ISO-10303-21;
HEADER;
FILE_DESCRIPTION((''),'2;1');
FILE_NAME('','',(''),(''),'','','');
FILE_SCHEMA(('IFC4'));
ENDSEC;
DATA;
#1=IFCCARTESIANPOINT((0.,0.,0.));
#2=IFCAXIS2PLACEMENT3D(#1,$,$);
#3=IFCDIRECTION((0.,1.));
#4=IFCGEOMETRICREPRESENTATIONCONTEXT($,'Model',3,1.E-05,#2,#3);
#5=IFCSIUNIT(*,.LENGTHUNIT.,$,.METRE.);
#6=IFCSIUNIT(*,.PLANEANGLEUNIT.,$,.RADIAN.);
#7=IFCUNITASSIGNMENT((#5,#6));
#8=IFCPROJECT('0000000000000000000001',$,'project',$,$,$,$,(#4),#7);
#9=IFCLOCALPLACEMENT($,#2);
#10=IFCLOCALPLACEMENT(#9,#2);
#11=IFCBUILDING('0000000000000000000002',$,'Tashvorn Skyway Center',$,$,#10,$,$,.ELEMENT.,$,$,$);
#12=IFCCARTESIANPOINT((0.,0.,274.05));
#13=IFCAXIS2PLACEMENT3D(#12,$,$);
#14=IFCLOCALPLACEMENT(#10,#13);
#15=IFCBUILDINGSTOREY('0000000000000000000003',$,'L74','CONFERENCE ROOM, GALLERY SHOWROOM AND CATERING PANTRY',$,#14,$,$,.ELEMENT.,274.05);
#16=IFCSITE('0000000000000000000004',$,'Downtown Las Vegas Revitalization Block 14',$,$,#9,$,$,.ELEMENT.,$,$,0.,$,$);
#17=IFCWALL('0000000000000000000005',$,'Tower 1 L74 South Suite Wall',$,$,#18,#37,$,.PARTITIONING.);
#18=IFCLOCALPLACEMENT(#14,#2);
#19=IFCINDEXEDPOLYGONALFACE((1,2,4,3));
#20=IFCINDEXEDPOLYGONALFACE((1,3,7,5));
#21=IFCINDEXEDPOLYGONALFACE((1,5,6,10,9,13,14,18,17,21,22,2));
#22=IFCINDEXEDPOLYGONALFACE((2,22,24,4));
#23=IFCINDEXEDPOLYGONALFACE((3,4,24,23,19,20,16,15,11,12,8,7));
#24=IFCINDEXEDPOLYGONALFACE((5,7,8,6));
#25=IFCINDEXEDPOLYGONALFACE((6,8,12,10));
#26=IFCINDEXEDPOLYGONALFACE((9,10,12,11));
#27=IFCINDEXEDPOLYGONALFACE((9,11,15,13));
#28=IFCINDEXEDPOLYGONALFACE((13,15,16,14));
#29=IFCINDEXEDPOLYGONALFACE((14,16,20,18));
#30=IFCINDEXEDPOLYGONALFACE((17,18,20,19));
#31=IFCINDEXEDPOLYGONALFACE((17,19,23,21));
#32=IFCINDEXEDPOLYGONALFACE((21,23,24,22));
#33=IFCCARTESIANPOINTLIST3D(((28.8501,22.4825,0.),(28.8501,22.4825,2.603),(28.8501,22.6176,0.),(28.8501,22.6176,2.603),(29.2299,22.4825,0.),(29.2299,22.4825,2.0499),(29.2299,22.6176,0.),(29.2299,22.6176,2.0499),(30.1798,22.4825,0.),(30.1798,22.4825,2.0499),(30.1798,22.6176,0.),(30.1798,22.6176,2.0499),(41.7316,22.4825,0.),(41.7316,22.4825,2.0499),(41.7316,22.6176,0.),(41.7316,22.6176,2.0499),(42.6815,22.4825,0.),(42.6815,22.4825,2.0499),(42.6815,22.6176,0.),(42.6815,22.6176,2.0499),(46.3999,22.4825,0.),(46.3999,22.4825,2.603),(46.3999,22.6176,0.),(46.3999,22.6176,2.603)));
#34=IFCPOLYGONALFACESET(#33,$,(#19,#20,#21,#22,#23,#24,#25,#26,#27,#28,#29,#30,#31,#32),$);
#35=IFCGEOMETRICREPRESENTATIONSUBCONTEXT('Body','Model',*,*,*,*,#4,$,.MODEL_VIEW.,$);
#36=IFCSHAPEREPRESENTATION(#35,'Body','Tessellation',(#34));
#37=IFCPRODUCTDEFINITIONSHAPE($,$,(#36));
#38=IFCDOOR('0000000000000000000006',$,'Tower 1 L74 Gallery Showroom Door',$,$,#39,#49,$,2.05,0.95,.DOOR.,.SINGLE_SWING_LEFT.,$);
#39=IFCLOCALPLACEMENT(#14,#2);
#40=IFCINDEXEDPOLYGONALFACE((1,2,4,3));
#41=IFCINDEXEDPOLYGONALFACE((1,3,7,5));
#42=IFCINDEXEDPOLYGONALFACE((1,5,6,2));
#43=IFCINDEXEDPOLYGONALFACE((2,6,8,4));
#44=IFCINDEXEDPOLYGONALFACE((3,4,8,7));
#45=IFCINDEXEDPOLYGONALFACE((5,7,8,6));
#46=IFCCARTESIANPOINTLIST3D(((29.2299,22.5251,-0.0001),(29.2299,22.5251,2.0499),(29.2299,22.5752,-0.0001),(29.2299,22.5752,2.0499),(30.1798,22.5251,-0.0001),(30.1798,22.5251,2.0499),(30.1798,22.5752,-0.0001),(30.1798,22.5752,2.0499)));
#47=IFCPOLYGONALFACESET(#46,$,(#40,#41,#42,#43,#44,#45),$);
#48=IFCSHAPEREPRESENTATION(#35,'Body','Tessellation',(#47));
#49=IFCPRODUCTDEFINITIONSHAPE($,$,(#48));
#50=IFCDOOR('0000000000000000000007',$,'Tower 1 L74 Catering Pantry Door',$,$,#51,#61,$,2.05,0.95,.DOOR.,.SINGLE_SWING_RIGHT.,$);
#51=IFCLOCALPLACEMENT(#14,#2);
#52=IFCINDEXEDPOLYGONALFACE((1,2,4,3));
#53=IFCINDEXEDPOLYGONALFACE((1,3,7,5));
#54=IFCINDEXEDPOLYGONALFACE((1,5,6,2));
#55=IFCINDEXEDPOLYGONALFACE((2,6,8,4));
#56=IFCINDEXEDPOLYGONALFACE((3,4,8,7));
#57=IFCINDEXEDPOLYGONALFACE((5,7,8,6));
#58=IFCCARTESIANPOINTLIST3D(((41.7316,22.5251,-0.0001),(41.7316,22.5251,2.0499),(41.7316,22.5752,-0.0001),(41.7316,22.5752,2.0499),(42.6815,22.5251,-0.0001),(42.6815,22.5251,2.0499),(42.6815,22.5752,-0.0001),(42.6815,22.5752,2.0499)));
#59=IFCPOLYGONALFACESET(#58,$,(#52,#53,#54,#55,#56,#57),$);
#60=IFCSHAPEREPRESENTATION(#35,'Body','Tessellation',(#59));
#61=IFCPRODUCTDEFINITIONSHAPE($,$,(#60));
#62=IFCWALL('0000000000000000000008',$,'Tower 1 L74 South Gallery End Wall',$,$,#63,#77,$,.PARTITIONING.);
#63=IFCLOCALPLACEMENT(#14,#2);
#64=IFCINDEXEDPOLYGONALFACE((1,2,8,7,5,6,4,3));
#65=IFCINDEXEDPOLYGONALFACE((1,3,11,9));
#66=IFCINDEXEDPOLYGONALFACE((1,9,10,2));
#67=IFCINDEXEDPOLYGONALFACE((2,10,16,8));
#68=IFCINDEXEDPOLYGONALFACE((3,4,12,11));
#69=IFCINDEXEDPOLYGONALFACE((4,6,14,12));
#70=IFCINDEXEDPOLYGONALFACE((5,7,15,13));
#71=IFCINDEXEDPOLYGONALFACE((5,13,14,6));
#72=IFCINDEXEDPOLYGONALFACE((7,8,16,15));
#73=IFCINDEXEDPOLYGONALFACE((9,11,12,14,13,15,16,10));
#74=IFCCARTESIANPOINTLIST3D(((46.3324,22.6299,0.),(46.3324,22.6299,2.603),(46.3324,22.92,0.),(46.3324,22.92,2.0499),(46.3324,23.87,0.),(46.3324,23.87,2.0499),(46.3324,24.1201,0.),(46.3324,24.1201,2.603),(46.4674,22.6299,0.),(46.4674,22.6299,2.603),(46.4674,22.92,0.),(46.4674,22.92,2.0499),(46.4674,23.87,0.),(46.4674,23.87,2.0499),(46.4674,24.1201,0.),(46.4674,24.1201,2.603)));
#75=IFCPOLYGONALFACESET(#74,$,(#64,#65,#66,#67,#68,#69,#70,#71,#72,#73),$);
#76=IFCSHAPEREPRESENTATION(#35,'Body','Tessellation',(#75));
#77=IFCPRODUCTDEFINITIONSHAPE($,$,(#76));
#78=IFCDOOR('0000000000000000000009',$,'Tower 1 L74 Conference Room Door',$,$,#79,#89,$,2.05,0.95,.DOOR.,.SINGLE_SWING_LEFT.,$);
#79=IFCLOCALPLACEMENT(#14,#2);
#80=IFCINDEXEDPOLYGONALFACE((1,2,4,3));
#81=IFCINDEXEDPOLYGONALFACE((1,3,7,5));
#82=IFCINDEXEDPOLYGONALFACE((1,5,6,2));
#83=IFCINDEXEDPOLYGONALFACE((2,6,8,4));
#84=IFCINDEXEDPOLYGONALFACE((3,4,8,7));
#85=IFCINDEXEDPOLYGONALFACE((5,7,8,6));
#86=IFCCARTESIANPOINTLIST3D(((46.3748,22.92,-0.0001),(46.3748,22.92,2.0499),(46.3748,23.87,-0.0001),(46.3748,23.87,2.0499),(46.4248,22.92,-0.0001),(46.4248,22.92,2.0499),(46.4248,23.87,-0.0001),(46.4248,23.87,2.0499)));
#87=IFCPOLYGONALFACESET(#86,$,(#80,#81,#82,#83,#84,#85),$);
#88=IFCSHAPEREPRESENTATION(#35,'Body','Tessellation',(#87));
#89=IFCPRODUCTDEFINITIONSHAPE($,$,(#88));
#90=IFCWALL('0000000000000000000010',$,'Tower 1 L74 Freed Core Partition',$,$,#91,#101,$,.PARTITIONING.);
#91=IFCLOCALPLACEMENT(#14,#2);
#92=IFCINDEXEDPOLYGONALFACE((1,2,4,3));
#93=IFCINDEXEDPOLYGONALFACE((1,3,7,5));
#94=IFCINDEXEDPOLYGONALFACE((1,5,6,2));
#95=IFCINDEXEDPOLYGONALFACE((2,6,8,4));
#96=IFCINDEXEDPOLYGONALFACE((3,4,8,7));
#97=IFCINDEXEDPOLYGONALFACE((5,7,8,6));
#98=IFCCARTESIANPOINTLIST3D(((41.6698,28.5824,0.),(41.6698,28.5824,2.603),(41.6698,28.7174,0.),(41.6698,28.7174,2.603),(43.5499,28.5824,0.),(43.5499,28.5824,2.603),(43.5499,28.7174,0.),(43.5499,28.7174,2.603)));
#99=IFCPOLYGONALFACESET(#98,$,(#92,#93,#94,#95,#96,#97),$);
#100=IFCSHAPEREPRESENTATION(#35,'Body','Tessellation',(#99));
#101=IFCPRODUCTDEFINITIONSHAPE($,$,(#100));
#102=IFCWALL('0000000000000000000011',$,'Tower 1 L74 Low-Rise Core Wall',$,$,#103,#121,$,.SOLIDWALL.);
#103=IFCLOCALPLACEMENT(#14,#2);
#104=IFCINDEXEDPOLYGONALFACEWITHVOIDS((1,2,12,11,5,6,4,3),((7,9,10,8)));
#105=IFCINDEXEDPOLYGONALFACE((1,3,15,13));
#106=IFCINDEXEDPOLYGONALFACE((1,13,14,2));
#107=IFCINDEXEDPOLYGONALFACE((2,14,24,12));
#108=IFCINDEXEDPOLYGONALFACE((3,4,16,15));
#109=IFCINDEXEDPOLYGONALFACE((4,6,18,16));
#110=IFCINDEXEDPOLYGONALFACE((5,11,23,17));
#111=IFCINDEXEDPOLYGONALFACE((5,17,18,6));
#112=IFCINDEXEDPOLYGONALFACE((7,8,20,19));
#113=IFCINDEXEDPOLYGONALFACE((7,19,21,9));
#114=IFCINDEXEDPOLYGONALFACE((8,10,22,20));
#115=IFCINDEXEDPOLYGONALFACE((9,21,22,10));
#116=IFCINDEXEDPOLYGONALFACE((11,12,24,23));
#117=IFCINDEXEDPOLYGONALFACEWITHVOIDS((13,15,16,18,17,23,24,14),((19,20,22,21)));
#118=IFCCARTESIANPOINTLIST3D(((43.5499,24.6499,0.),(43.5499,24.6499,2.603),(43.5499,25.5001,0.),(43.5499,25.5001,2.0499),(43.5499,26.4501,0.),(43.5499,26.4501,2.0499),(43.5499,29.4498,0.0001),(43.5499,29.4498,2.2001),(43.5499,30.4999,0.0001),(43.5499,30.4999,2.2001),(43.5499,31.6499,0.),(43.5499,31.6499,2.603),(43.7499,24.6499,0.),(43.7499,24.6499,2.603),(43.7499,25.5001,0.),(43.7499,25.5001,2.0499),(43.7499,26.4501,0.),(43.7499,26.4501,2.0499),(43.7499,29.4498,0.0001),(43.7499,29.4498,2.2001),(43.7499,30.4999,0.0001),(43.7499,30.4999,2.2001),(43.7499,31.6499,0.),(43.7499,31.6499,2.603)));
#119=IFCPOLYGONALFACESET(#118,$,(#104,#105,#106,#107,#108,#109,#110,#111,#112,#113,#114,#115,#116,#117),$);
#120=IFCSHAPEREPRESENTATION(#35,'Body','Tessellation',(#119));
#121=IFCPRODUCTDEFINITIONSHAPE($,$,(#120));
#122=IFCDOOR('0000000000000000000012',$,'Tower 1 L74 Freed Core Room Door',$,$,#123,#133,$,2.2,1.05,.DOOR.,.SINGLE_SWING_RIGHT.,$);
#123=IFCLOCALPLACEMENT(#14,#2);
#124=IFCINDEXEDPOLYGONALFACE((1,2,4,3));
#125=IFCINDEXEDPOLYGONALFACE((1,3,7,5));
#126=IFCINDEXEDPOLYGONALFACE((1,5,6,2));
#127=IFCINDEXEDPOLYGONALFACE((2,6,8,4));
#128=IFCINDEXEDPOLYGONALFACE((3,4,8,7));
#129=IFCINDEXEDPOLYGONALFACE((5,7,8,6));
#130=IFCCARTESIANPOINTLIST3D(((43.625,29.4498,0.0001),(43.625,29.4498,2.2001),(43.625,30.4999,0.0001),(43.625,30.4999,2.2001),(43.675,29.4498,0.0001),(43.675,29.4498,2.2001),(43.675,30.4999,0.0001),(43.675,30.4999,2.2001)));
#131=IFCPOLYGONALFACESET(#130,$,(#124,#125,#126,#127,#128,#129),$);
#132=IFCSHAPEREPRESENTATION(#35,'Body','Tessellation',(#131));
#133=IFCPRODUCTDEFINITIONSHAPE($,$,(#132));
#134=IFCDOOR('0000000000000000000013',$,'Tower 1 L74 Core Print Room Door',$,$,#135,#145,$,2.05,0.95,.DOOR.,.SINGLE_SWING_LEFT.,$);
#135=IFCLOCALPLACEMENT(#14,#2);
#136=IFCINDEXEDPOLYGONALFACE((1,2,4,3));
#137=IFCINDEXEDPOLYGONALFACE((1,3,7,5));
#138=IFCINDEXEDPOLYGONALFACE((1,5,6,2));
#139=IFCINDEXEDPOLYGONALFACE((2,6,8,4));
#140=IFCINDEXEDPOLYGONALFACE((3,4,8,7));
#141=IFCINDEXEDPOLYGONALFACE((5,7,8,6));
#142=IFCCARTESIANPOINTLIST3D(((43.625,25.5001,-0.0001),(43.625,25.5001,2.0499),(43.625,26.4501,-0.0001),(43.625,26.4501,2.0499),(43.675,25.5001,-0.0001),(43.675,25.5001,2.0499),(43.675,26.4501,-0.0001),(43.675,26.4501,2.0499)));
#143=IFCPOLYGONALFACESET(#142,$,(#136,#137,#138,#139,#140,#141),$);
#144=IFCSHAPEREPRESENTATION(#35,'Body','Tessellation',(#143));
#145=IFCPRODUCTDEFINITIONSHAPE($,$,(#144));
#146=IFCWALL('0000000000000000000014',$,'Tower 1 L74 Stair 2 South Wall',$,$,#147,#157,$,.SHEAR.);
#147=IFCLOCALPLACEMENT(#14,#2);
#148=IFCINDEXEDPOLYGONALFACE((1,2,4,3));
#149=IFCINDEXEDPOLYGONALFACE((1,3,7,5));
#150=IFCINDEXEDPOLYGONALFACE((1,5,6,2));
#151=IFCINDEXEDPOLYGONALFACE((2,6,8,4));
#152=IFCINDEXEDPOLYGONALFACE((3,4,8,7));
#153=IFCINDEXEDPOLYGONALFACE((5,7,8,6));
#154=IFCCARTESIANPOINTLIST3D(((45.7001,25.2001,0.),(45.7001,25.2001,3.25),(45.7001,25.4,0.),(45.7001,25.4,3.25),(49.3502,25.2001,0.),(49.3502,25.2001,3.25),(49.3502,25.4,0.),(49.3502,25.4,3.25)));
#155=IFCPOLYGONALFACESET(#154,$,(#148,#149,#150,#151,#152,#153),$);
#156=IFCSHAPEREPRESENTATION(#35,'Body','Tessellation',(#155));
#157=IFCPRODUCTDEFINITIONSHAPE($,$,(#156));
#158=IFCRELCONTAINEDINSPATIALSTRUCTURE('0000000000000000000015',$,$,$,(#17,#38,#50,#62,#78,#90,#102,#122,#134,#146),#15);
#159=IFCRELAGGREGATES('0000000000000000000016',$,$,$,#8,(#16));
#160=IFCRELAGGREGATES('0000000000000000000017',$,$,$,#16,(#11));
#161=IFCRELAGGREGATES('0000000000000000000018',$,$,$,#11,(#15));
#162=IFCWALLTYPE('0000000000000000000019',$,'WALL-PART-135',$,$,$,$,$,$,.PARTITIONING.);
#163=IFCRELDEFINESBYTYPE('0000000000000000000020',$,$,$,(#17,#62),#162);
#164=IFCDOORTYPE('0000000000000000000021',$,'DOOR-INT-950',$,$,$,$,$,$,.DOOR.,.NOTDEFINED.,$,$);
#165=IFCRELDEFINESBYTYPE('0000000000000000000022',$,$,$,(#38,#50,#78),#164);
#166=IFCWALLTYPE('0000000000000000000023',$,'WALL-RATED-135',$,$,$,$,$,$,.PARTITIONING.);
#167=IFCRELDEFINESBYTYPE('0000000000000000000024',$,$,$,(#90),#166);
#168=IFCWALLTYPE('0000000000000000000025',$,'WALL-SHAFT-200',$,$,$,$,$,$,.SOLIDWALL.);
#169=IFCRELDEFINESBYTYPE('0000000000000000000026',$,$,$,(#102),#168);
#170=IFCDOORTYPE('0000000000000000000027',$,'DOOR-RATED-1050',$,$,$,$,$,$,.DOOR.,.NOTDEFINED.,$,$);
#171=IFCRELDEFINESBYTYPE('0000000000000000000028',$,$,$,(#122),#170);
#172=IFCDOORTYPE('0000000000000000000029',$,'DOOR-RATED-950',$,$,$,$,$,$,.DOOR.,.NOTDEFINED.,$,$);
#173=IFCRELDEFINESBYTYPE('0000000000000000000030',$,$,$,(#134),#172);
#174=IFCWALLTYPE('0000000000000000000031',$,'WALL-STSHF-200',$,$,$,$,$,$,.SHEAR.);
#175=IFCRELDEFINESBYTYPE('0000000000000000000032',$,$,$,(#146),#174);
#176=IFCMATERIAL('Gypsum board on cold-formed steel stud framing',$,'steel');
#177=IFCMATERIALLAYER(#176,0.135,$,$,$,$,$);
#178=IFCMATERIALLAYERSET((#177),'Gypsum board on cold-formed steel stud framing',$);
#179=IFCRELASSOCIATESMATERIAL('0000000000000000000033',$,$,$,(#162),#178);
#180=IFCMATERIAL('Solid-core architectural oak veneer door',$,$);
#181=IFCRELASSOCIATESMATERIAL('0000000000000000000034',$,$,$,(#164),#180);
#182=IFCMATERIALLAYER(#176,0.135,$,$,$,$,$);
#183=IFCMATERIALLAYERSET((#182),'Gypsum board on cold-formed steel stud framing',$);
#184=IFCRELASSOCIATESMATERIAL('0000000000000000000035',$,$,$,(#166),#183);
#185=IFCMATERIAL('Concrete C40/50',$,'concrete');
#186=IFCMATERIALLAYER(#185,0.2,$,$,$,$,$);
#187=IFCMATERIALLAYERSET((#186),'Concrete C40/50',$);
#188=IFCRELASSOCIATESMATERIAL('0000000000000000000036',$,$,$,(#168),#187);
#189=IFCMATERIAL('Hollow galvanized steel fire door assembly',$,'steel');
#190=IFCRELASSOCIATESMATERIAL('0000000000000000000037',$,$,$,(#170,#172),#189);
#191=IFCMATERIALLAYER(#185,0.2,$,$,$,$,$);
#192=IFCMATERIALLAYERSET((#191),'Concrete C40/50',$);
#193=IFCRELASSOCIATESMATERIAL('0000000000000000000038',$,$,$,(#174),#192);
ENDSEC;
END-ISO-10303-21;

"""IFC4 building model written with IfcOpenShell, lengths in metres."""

from ifc_helpers import new_model, si_unit, direction, frame, frame_2d, origin, place, context, subcontext, project, spatial, rectangle, extrude, material, layer, layer_set, type_object, element, fill, save


model = new_model("IFC4")

# Units and contexts
model_context = context("Model", 3, precision=1e-05, world=origin(), true_north=direction((0.0, 1.0)))
body_context = subcontext(model_context, "Body", "Model", "MODEL_VIEW")
ifc_project = project(units=[si_unit("LENGTHUNIT", "METRE"), si_unit("PLANEANGLEUNIT", "RADIAN")], contexts=[model_context])

# Site, building, storey
site_placement = place(None, origin())
site = spatial("IfcSite", under=ifc_project, at=site_placement, Name="Downtown Las Vegas Revitalization Block 14", CompositionType="ELEMENT", RefElevation=0.0)
building_placement = place(site_placement, origin())
building = spatial("IfcBuilding", under=site, at=building_placement, Name="Tashvorn Skyway Center", CompositionType="ELEMENT")
storey_placement = place(building_placement, frame((0.0, 0.0, 274.05)))
storey = spatial("IfcBuildingStorey", under=building, at=storey_placement, Name="L74", Description="CONFERENCE ROOM, GALLERY SHOWROOM AND CATERING PANTRY", CompositionType="ELEMENT", Elevation=274.05)

# Shared definitions
ifc_material_1 = material(Name="Gypsum board on cold-formed steel stud framing", Category="steel")

# Wall, openings, doors
ifc_layer_1 = layer(ifc_material_1, 0.135)
ifc_layer_set_1 = layer_set([ifc_layer_1], Name="Gypsum board on cold-formed steel stud framing")
wall_type_1 = type_object("IfcWallType", Name="WALL-PART-135", PredefinedType="PARTITIONING", material=ifc_layer_set_1)
wall_1_placement = place(storey_placement, frame((46.3999, 22.55, 0.0), z_axis=(0.0, 0.0, 1.0), x_axis=(-1.0, 0.0, 0.0)))
wall_1 = element("IfcWall", 1, at=wall_1_placement, inside=storey, type_object=wall_type_1, Name="Tower 1 L74 South Suite Wall", PredefinedType="PARTITIONING", context=body_context, shape_type="SweptSolid", body=[
    extrude(rectangle(XDim=17.5498, YDim=0.135, at=frame_2d((8.7749, 0.0))), origin(), (0.0, 0.0, 1.0), 2.603),
])
opening_1_placement = place(wall_1_placement, frame((16.22, 0.0, 0.0)))
opening_1 = element("IfcOpeningElement", 2, at=opening_1_placement, cuts=wall_1, PredefinedType="OPENING", context=body_context, shape_type="SweptSolid", body=[
    extrude(rectangle(XDim=0.95, YDim=2.05, at=frame_2d((0.4751, 1.0249))), frame((0.0, 0.0774, 0.0), z_axis=(0.0, -1.0, 0.0), x_axis=(1.0, 0.0, 0.0)), (0.0, 0.0, 1.0), 0.155),
])
opening_2_placement = place(wall_1_placement, frame((3.7183, 0.0, 0.0)))
opening_2 = element("IfcOpeningElement", 3, at=opening_2_placement, cuts=wall_1, PredefinedType="OPENING", context=body_context, shape_type="SweptSolid", body=[
    extrude(rectangle(XDim=0.95, YDim=2.05, at=frame_2d((0.4751, 1.0249))), frame((0.0, 0.0774, 0.0), z_axis=(0.0, -1.0, 0.0), x_axis=(1.0, 0.0, 0.0)), (0.0, 0.0, 1.0), 0.155),
])
ifc_material_2 = material(Name="Solid-core architectural oak veneer door")
door_type_1 = type_object("IfcDoorType", Name="DOOR-INT-950", OperationType="NOTDEFINED", PredefinedType="DOOR", material=ifc_material_2)
door_1_placement = place(opening_1_placement, origin())
door_1 = element("IfcDoor", 4, at=door_1_placement, inside=storey, type_object=door_type_1, Name="Tower 1 L74 Gallery Showroom Door", OperationType="SINGLE_SWING_LEFT", OverallHeight=2.05, OverallWidth=0.95, PredefinedType="DOOR", context=body_context, shape_type="SweptSolid", body=[
    extrude(rectangle(XDim=0.95, YDim=2.05, at=frame_2d((0.4751, 1.0249))), frame((0.0, 0.0249, 0.0), z_axis=(0.0, -1.0, 0.0), x_axis=(1.0, 0.0, 0.0)), (0.0, 0.0, 1.0), 0.05),
])
fill(opening_1, door_1)
door_2_placement = place(opening_2_placement, origin())
door_2 = element("IfcDoor", 5, at=door_2_placement, inside=storey, type_object=door_type_1, Name="Tower 1 L74 Catering Pantry Door", OperationType="SINGLE_SWING_RIGHT", OverallHeight=2.05, OverallWidth=0.95, PredefinedType="DOOR", context=body_context, shape_type="SweptSolid", body=[
    extrude(rectangle(XDim=0.95, YDim=2.05, at=frame_2d((0.4751, 1.0249))), frame((0.0, 0.0249, 0.0), z_axis=(0.0, -1.0, 0.0), x_axis=(1.0, 0.0, 0.0)), (0.0, 0.0, 1.0), 0.05),
])
fill(opening_2, door_2)

# Wall, opening, door
wall_2_placement = place(storey_placement, frame((46.3999, 24.1201, 0.0), z_axis=(0.0, 0.0, 1.0), x_axis=(0.0, -1.0, 0.0)))
wall_2 = element("IfcWall", 6, at=wall_2_placement, inside=storey, type_object=wall_type_1, Name="Tower 1 L74 South Gallery End Wall", PredefinedType="PARTITIONING", context=body_context, shape_type="SweptSolid", body=[
    extrude(rectangle(XDim=1.4902, YDim=0.135, at=frame_2d((0.7451, 0.0))), origin(), (0.0, 0.0, 1.0), 2.603),
])
opening_3_placement = place(wall_2_placement, frame((0.25, 0.0, 0.0)))
opening_3 = element("IfcOpeningElement", 7, at=opening_3_placement, cuts=wall_2, PredefinedType="OPENING", context=body_context, shape_type="SweptSolid", body=[
    extrude(rectangle(XDim=0.95, YDim=2.05, at=frame_2d((0.4751, 1.0249))), frame((0.0, 0.0774, 0.0), z_axis=(0.0, -1.0, 0.0), x_axis=(1.0, 0.0, 0.0)), (0.0, 0.0, 1.0), 0.155),
])
door_3_placement = place(opening_3_placement, origin())
door_3 = element("IfcDoor", 8, at=door_3_placement, inside=storey, type_object=door_type_1, Name="Tower 1 L74 Conference Room Door", OperationType="SINGLE_SWING_LEFT", OverallHeight=2.05, OverallWidth=0.95, PredefinedType="DOOR", context=body_context, shape_type="SweptSolid", body=[
    extrude(rectangle(XDim=0.95, YDim=2.05, at=frame_2d((0.4751, 1.0249))), frame((0.0, 0.0249, 0.0), z_axis=(0.0, -1.0, 0.0), x_axis=(1.0, 0.0, 0.0)), (0.0, 0.0, 1.0), 0.05),
])
fill(opening_3, door_3)

# Wall
ifc_layer_2 = layer(ifc_material_1, 0.135)
ifc_layer_set_2 = layer_set([ifc_layer_2], Name="Gypsum board on cold-formed steel stud framing")
wall_type_2 = type_object("IfcWallType", Name="WALL-RATED-135", PredefinedType="PARTITIONING", material=ifc_layer_set_2)
wall_3_placement = place(storey_placement, frame((41.6699, 28.6499, 0.0), z_axis=(0.0, 0.0, 1.0), x_axis=(1.0, 0.0, 0.0)))
element("IfcWall", 9, at=wall_3_placement, inside=storey, type_object=wall_type_2, Name="Tower 1 L74 Freed Core Partition", PredefinedType="PARTITIONING", context=body_context, shape_type="SweptSolid", body=[
    extrude(rectangle(XDim=1.8801, YDim=0.135, at=frame_2d((0.9399, 0.0))), origin(), (0.0, 0.0, 1.0), 2.603),
])

# Wall, openings, doors
ifc_material_3 = material(Name="Concrete C40/50", Category="concrete")
ifc_layer_3 = layer(ifc_material_3, 0.2)
ifc_layer_set_3 = layer_set([ifc_layer_3], Name="Concrete C40/50")
wall_type_3 = type_object("IfcWallType", Name="WALL-SHAFT-200", PredefinedType="SOLIDWALL", material=ifc_layer_set_3)
wall_4_placement = place(storey_placement, frame((43.6499, 24.6499, 0.0), z_axis=(0.0, 0.0, 1.0), x_axis=(0.0, 1.0, 0.0)))
wall_4 = element("IfcWall", 10, at=wall_4_placement, inside=storey, type_object=wall_type_3, Name="Tower 1 L74 Low-Rise Core Wall", PredefinedType="SOLIDWALL", context=body_context, shape_type="SweptSolid", body=[
    extrude(rectangle(XDim=7.0, YDim=0.2, at=frame_2d((3.5, 0.0))), origin(), (0.0, 0.0, 1.0), 2.603),
])
opening_4_placement = place(wall_4_placement, frame((0.8501, 0.0, 0.0)))
opening_4 = element("IfcOpeningElement", 11, at=opening_4_placement, cuts=wall_4, PredefinedType="OPENING", context=body_context, shape_type="SweptSolid", body=[
    extrude(rectangle(XDim=0.95, YDim=2.05, at=frame_2d((0.4751, 1.0249))), frame((0.0, 0.1099, 0.0), z_axis=(0.0, -1.0, 0.0), x_axis=(1.0, 0.0, 0.0)), (0.0, 0.0, 1.0), 0.22),
])
opening_5_placement = place(wall_4_placement, frame((4.8, 0.0, 0.0)))
opening_5 = element("IfcOpeningElement", 12, at=opening_5_placement, cuts=wall_4, PredefinedType="OPENING", context=body_context, shape_type="SweptSolid", body=[
    extrude(rectangle(XDim=1.05, YDim=2.2, at=frame_2d((0.5249, 1.1001))), frame((0.0, 0.1099, 0.0), z_axis=(0.0, -1.0, 0.0), x_axis=(1.0, 0.0, 0.0)), (0.0, 0.0, 1.0), 0.22),
])
ifc_material_4 = material(Name="Hollow galvanized steel fire door assembly", Category="steel")
door_type_2 = type_object("IfcDoorType", Name="DOOR-RATED-1050", OperationType="NOTDEFINED", PredefinedType="DOOR", material=ifc_material_4)
door_4_placement = place(opening_5_placement, origin())
door_4 = element("IfcDoor", 13, at=door_4_placement, inside=storey, type_object=door_type_2, Name="Tower 1 L74 Freed Core Room Door", OperationType="SINGLE_SWING_RIGHT", OverallHeight=2.2, OverallWidth=1.05, PredefinedType="DOOR", context=body_context, shape_type="SweptSolid", body=[
    extrude(rectangle(XDim=1.05, YDim=2.2, at=frame_2d((0.5249, 1.1001))), frame((0.0, 0.0249, 0.0), z_axis=(0.0, -1.0, 0.0), x_axis=(1.0, 0.0, 0.0)), (0.0, 0.0, 1.0), 0.05),
])
fill(opening_5, door_4)
door_type_3 = type_object("IfcDoorType", Name="DOOR-RATED-950", OperationType="NOTDEFINED", PredefinedType="DOOR", material=ifc_material_4)
door_5_placement = place(opening_4_placement, origin())
door_5 = element("IfcDoor", 14, at=door_5_placement, inside=storey, type_object=door_type_3, Name="Tower 1 L74 Core Print Room Door", OperationType="SINGLE_SWING_LEFT", OverallHeight=2.05, OverallWidth=0.95, PredefinedType="DOOR", context=body_context, shape_type="SweptSolid", body=[
    extrude(rectangle(XDim=0.95, YDim=2.05, at=frame_2d((0.4751, 1.0249))), frame((0.0, 0.0249, 0.0), z_axis=(0.0, -1.0, 0.0), x_axis=(1.0, 0.0, 0.0)), (0.0, 0.0, 1.0), 0.05),
])
fill(opening_4, door_5)

# Wall
ifc_layer_4 = layer(ifc_material_3, 0.2)
ifc_layer_set_4 = layer_set([ifc_layer_4], Name="Concrete C40/50")
wall_type_4 = type_object("IfcWallType", Name="WALL-STSHF-200", PredefinedType="SHEAR", material=ifc_layer_set_4)
wall_5_placement = place(storey_placement, frame((45.7, 25.3, 0.0), z_axis=(0.0, 0.0, 1.0), x_axis=(1.0, 0.0, 0.0)))
element("IfcWall", 15, at=wall_5_placement, inside=storey, type_object=wall_type_4, Name="Tower 1 L74 Stair 2 South Wall", PredefinedType="SHEAR", context=body_context, shape_type="SweptSolid", body=[
    extrude(rectangle(XDim=3.6501, YDim=0.2, at=frame_2d((1.8252, 0.0))), origin(), (0.0, 0.0, 1.0), 3.25),
])

save(model, "model.ifc")
